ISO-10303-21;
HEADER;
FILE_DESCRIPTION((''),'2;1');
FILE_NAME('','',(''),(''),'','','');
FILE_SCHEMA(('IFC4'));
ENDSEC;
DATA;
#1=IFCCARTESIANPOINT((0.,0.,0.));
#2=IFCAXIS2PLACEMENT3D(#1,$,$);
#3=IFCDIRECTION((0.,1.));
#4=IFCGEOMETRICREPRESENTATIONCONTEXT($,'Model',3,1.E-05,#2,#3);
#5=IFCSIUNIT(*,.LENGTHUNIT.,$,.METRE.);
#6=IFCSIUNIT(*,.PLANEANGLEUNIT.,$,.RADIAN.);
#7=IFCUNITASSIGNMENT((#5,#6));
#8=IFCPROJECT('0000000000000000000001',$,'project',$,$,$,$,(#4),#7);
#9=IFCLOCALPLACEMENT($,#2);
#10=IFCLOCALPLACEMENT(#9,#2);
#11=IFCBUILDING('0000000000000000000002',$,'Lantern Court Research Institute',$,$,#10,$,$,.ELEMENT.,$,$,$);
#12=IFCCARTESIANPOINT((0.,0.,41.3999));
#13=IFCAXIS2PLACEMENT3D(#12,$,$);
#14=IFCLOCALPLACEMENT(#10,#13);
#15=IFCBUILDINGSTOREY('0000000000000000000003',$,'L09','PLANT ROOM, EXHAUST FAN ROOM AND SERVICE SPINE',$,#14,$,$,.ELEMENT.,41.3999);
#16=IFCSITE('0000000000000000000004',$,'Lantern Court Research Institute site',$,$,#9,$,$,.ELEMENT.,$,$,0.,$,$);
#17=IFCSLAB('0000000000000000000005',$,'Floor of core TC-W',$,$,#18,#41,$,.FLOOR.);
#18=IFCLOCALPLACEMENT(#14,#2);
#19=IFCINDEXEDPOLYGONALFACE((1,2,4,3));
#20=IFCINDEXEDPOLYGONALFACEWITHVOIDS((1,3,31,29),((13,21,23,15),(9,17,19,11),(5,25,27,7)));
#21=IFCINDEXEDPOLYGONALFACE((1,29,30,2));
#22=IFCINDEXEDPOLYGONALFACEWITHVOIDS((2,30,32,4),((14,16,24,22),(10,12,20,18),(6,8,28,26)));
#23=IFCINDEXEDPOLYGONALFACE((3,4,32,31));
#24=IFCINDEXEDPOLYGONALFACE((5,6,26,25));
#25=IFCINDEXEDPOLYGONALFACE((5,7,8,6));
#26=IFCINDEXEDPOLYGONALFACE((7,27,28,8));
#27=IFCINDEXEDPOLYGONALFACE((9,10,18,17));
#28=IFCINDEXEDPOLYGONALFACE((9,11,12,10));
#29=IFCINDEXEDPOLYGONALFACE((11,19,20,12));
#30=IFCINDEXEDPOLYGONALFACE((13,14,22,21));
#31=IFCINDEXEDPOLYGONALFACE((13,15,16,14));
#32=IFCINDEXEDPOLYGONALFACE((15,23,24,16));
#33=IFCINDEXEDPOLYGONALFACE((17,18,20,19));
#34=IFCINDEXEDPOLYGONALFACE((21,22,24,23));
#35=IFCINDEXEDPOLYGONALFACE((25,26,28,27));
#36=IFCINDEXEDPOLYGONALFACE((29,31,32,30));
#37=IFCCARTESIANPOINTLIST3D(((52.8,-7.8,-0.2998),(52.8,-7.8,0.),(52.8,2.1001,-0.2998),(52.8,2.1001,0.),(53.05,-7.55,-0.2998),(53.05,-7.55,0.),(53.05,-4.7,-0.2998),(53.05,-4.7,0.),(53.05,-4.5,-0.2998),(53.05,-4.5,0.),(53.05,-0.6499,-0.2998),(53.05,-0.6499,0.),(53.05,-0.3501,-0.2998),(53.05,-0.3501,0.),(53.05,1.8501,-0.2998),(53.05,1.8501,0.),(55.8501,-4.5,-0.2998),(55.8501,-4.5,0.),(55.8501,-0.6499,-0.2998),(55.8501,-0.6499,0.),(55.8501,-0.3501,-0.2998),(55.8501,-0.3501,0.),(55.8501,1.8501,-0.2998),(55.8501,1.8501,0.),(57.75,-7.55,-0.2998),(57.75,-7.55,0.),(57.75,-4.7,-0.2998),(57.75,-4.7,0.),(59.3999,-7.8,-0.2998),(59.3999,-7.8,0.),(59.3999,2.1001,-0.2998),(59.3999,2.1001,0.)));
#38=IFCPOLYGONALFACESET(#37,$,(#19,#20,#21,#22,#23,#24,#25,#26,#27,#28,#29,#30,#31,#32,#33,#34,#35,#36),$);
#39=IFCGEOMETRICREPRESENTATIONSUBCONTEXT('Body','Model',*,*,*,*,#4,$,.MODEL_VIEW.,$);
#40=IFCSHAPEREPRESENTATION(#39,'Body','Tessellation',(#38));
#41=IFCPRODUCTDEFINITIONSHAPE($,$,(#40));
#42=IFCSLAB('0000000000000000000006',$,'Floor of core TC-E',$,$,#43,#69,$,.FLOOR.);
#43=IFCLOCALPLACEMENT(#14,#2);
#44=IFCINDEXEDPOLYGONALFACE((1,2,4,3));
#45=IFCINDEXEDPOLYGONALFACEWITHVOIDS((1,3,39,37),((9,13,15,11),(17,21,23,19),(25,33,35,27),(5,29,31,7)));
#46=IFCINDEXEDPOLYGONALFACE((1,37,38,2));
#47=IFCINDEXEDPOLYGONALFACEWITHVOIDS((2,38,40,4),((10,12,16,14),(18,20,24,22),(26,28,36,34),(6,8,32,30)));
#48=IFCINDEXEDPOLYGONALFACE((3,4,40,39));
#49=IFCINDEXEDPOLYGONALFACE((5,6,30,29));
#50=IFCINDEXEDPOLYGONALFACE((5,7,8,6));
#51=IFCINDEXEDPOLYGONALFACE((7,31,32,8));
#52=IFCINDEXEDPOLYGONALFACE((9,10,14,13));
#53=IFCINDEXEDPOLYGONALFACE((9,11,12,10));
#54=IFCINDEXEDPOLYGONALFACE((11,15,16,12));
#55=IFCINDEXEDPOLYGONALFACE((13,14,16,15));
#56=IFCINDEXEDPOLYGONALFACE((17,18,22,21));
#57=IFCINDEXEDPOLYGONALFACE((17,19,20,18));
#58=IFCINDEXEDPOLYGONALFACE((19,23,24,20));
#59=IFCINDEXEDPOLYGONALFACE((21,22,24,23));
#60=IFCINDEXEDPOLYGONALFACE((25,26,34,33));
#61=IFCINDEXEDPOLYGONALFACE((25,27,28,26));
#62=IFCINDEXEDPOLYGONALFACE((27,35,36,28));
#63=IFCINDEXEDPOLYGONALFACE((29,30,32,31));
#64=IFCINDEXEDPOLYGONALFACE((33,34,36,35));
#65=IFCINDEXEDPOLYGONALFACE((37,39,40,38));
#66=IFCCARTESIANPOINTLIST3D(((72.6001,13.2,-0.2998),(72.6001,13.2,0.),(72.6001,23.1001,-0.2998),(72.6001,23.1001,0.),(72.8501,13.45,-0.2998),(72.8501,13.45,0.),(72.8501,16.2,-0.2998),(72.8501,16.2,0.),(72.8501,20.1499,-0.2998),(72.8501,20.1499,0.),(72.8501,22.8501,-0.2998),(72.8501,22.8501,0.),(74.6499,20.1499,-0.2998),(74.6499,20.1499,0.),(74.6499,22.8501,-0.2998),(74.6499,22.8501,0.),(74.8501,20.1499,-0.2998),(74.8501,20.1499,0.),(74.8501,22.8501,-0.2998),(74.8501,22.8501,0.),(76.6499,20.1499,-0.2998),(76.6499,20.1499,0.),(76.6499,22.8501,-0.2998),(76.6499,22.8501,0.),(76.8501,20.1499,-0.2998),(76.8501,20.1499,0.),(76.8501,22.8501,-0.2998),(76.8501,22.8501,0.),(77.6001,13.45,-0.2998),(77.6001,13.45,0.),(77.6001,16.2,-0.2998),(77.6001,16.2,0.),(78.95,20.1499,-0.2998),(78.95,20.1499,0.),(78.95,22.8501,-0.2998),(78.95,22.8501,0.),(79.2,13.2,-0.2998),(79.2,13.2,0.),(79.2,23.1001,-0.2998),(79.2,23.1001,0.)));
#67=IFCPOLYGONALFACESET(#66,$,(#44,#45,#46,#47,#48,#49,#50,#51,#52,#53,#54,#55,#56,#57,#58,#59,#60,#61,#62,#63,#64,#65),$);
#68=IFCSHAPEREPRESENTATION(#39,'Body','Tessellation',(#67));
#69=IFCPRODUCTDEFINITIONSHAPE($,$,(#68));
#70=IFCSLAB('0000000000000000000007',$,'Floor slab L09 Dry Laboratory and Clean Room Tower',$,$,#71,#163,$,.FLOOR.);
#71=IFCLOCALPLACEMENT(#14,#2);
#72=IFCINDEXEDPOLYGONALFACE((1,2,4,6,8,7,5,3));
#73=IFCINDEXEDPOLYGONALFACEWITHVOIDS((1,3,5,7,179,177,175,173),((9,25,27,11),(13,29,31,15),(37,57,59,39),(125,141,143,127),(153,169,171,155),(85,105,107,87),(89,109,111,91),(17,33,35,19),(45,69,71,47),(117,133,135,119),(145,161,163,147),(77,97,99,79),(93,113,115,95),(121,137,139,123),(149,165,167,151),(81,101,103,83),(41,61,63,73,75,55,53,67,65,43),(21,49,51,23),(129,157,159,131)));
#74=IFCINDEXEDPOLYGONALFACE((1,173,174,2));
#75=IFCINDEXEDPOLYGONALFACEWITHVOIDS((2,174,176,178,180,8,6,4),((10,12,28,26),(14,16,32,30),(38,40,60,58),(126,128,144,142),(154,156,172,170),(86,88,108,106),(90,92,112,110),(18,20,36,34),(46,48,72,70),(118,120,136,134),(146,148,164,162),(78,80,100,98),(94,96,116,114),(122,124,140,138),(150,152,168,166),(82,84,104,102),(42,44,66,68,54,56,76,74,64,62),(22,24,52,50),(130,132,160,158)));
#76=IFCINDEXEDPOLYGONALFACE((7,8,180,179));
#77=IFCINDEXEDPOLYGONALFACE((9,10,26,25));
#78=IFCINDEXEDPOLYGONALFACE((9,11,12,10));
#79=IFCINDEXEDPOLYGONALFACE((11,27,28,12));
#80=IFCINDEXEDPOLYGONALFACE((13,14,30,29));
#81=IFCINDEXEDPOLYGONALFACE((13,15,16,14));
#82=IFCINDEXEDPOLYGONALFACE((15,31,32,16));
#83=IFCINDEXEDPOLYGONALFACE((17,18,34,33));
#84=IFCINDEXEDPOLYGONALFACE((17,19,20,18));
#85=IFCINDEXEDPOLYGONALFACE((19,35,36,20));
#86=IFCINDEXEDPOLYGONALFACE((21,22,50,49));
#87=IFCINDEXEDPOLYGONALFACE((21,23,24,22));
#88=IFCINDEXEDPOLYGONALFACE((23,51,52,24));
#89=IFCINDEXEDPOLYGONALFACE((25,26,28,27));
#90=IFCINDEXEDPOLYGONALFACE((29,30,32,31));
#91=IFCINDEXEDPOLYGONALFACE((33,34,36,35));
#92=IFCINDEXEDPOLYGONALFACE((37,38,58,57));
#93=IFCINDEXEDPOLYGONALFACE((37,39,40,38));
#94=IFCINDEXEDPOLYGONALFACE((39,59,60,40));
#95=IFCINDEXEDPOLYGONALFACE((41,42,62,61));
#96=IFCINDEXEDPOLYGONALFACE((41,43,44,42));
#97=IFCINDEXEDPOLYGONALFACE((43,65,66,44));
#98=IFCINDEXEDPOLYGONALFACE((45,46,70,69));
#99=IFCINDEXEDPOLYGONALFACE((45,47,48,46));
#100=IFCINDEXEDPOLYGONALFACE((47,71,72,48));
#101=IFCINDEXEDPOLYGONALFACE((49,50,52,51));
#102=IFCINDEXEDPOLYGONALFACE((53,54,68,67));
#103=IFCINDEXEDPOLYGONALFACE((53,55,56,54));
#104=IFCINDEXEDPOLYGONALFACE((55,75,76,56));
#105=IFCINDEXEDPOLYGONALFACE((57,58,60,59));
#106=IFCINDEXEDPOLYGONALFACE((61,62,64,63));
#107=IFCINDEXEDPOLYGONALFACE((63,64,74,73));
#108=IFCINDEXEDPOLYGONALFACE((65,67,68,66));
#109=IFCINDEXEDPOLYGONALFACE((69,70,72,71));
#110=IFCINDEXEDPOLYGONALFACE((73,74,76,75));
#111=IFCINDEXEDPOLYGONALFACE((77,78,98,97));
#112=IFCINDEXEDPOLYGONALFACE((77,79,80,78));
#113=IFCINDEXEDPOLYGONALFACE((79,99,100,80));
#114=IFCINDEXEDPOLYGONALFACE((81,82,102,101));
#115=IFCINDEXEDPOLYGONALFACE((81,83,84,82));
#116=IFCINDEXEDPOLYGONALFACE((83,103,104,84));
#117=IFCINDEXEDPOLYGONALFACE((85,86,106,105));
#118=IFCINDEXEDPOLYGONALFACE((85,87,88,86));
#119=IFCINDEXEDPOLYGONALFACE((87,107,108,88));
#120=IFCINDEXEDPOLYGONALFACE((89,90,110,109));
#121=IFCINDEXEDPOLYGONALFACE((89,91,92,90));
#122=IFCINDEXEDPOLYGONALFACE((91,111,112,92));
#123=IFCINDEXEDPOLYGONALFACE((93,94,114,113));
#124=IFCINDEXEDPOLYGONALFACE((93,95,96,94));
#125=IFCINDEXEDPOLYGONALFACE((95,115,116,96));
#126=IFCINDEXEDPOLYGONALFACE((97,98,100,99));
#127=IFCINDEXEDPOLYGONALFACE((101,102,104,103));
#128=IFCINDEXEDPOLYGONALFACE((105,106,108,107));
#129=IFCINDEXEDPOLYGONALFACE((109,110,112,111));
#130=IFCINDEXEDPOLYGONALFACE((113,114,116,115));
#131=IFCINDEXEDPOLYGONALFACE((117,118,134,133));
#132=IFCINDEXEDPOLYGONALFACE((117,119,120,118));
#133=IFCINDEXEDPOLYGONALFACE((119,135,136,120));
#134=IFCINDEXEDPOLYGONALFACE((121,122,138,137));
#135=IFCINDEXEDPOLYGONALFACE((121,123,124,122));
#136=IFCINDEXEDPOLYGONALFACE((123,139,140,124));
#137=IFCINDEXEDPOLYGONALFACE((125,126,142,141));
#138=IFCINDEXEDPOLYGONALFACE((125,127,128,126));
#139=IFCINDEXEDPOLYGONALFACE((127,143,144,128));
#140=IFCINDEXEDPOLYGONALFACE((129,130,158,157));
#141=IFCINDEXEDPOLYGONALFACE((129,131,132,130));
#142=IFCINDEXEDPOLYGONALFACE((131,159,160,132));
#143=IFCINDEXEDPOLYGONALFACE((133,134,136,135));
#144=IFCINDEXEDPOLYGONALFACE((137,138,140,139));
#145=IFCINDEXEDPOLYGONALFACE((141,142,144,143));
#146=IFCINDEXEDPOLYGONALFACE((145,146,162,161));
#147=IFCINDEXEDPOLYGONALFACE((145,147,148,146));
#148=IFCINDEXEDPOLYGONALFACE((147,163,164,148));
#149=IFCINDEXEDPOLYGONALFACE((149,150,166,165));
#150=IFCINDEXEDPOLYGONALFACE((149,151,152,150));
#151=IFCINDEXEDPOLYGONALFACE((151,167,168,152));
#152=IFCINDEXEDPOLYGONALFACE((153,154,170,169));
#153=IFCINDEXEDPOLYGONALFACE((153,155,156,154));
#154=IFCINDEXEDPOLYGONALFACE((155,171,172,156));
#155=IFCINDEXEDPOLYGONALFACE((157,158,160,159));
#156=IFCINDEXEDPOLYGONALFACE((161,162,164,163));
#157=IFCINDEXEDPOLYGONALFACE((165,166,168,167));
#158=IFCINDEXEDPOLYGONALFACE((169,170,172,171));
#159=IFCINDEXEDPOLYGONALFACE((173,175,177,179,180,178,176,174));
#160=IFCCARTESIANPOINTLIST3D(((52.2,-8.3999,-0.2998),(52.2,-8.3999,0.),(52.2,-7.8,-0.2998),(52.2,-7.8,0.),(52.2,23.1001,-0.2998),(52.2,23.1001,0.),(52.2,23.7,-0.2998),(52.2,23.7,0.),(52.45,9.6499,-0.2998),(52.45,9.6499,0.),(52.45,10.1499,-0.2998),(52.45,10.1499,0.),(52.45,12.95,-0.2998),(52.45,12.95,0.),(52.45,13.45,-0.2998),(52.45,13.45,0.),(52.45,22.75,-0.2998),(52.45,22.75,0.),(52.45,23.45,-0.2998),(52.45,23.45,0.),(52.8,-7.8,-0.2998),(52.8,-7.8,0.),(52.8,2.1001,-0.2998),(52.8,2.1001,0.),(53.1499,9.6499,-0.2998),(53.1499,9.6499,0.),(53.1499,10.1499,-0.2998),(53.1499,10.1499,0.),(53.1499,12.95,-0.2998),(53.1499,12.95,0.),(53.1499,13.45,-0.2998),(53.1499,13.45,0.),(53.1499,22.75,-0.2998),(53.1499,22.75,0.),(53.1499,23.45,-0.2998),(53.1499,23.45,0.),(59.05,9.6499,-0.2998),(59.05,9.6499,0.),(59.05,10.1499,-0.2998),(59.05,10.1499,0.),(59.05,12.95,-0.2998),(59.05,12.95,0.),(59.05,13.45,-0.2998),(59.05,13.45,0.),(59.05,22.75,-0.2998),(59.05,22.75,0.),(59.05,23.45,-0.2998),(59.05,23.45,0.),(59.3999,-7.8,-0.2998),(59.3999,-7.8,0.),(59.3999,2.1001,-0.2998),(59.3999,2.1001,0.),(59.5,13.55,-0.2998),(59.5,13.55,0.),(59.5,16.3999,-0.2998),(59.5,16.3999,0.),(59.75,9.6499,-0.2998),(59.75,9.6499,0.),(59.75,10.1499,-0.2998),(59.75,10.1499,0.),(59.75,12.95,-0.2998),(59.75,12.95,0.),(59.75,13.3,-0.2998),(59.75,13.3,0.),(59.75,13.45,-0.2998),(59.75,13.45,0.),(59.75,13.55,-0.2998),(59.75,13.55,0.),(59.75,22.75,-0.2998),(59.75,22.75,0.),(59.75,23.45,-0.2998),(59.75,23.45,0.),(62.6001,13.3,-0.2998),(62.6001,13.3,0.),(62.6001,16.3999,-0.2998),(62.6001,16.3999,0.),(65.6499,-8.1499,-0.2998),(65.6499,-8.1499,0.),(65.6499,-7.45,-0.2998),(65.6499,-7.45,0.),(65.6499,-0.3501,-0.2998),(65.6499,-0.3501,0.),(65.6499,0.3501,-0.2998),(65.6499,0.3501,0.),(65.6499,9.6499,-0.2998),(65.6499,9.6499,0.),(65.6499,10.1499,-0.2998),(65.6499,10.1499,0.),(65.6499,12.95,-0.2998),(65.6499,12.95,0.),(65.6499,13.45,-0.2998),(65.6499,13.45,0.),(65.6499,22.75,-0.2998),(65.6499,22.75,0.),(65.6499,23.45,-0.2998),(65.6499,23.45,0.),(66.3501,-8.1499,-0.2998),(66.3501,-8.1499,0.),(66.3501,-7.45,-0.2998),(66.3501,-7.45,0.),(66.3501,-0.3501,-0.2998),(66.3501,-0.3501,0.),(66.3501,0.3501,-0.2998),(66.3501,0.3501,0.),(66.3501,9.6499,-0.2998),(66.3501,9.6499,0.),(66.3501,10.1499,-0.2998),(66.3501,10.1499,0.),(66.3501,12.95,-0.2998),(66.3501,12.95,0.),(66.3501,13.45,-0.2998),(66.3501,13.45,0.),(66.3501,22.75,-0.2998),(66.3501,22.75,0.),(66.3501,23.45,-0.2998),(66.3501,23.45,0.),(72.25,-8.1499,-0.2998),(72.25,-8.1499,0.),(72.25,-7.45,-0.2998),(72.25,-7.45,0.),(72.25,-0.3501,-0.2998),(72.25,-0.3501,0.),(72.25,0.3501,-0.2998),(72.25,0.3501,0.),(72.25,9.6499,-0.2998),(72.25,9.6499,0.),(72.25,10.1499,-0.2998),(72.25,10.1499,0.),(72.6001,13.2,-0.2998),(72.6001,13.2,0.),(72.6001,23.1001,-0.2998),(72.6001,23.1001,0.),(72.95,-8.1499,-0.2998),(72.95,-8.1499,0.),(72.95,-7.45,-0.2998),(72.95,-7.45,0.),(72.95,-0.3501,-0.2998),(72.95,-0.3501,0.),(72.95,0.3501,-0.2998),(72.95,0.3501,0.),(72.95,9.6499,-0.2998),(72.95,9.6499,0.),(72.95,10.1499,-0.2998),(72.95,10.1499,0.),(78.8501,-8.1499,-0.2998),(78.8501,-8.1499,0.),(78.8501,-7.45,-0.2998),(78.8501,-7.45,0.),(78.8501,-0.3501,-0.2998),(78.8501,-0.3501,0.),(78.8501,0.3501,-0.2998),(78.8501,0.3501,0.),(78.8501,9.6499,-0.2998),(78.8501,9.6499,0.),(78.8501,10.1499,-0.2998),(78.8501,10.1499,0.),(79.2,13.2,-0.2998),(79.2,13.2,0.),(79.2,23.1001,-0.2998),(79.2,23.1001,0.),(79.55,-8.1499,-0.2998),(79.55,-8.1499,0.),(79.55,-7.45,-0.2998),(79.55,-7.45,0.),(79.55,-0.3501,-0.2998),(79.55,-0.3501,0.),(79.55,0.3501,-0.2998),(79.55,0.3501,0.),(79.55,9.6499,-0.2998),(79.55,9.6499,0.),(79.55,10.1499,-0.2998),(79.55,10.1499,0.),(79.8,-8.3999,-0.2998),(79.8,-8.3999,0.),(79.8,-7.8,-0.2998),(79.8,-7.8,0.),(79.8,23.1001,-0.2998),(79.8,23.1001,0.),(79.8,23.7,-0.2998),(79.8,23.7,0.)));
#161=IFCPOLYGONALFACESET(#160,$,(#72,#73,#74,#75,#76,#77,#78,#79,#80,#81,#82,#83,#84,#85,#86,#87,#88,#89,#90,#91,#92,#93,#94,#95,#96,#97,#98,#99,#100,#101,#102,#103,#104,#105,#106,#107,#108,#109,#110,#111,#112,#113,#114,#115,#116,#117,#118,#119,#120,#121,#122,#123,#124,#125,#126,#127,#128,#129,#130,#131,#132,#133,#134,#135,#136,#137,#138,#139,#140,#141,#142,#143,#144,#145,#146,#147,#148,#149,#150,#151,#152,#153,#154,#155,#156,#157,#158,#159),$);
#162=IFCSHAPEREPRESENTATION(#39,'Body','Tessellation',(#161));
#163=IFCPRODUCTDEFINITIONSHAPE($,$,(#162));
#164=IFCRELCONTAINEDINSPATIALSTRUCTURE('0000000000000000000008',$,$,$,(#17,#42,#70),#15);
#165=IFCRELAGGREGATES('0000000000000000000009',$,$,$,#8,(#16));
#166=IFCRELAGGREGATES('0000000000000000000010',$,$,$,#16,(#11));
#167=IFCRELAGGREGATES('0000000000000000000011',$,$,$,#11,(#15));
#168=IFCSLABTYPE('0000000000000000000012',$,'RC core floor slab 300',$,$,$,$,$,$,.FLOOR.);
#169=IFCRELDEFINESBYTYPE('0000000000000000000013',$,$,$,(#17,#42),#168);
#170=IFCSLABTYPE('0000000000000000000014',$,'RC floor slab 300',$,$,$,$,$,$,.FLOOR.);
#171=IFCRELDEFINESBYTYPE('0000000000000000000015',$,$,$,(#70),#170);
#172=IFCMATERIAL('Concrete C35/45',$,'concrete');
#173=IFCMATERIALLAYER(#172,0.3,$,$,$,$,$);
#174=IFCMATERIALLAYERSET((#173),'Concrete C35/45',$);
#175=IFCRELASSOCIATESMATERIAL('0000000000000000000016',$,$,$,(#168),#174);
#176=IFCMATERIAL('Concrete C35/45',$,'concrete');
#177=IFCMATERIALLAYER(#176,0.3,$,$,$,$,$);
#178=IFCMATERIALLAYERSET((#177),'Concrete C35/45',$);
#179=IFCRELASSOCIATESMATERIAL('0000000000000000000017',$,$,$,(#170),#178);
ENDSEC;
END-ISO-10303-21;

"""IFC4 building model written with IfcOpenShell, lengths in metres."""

from ifc_helpers import new_model, si_unit, direction, frame, origin, place, context, subcontext, project, spatial, polyline, outline, extrude, material, layer, layer_set, type_object, element, save


model = new_model("IFC4")

# Units and contexts
model_context = context("Model", 3, precision=1e-05, world=origin(), true_north=direction((0.0, 1.0)))
body_context = subcontext(model_context, "Body", "Model", "MODEL_VIEW")
ifc_project = project(units=[si_unit("LENGTHUNIT", "METRE"), si_unit("PLANEANGLEUNIT", "RADIAN")], contexts=[model_context])

# Site, building, storey
site_placement = place(None, origin())
site = spatial("IfcSite", under=ifc_project, at=site_placement, Name="Lantern Court Research Institute site", CompositionType="ELEMENT", RefElevation=0.0)
building_placement = place(site_placement, origin())
building = spatial("IfcBuilding", under=site, at=building_placement, Name="Lantern Court Research Institute", CompositionType="ELEMENT")
storey_placement = place(building_placement, frame((0.0, 0.0, 41.3999)))
storey = spatial("IfcBuildingStorey", under=building, at=storey_placement, Name="L09", Description="PLANT ROOM, EXHAUST FAN ROOM AND SERVICE SPINE", CompositionType="ELEMENT", Elevation=41.3999)

# Slabs
ifc_material_1 = material(Name="Concrete C35/45", Category="concrete")
ifc_layer_1 = layer(ifc_material_1, 0.3)
ifc_layer_set_1 = layer_set([ifc_layer_1], Name="Concrete C35/45")
slab_type_1 = type_object("IfcSlabType", Name="RC core floor slab 300", PredefinedType="FLOOR", material=ifc_layer_set_1)
slab_1_placement = place(storey_placement, frame((0.0, 0.0, -0.2998)))
element("IfcSlab", 1, at=slab_1_placement, inside=storey, type_object=slab_type_1, Name="Floor of core TC-W", PredefinedType="FLOOR", context=body_context, shape_type="SweptSolid", body=[
    extrude(outline(polyline([(52.8, -7.8), (59.3999, -7.8), (59.3999, 2.1001), (52.8, 2.1001), (52.8, -7.8)]), holes=[polyline([(57.75, -4.7), (53.05, -4.7), (53.05, -7.55), (57.75, -7.55), (57.75, -4.7)]), polyline([(53.05, -0.3501), (55.8501, -0.3501), (55.8501, 1.8501), (53.05, 1.8501), (53.05, -0.3501)]), polyline([(53.05, -0.6499), (55.8501, -0.6499), (55.8501, -4.5), (53.05, -4.5), (53.05, -0.6499)])]), origin(), (0.0, 0.0, 1.0), 0.2998),
])
slab_2_placement = place(storey_placement, frame((0.0, 0.0, -0.2998)))
element("IfcSlab", 2, at=slab_2_placement, inside=storey, type_object=slab_type_1, Name="Floor of core TC-E", PredefinedType="FLOOR", context=body_context, shape_type="SweptSolid", body=[
    extrude(outline(polyline([(72.6001, 13.2), (79.2, 13.2), (79.2, 23.1001), (72.6001, 23.1001), (72.6001, 13.2)]), holes=[polyline([(77.6001, 16.2), (72.8501, 16.2), (72.8501, 13.45), (77.6001, 13.45), (77.6001, 16.2)]), polyline([(72.8501, 20.1499), (74.6499, 20.1499), (74.6499, 22.8501), (72.8501, 22.8501), (72.8501, 20.1499)]), polyline([(74.8501, 20.1499), (76.6499, 20.1499), (76.6499, 22.8501), (74.8501, 22.8501), (74.8501, 20.1499)]), polyline([(76.8501, 20.1499), (78.95, 20.1499), (78.95, 22.8501), (76.8501, 22.8501), (76.8501, 20.1499)])]), origin(), (0.0, 0.0, 1.0), 0.2998),
])
ifc_material_2 = material(Name="Concrete C35/45", Category="concrete")
ifc_layer_2 = layer(ifc_material_2, 0.3)
ifc_layer_set_2 = layer_set([ifc_layer_2], Name="Concrete C35/45")
slab_type_2 = type_object("IfcSlabType", Name="RC floor slab 300", PredefinedType="FLOOR", material=ifc_layer_set_2)
slab_3_placement = place(storey_placement, frame((0.0, 0.0, -0.2998)))
element("IfcSlab", 3, at=slab_3_placement, inside=storey, type_object=slab_type_2, Name="Floor slab L09 Dry Laboratory and Clean Room Tower", PredefinedType="FLOOR", context=body_context, shape_type="SweptSolid", body=[
    extrude(outline(polyline([(52.2, 23.1001), (52.2, -7.8), (52.2, -8.3999), (79.8, -8.3999), (79.8, -7.8), (79.8, 23.1001), (79.8, 23.7), (52.2, 23.7), (52.2, 23.1001)]), holes=[polyline([(78.8501, 10.1499), (79.55, 10.1499), (79.55, 9.6499), (78.8501, 9.6499), (78.8501, 10.1499)]), polyline([(79.55, 0.3501), (79.55, -0.3501), (78.8501, -0.3501), (78.8501, 0.3501), (79.55, 0.3501)]), polyline([(78.8501, -7.45), (79.55, -7.45), (79.55, -8.1499), (78.8501, -8.1499), (78.8501, -7.45)]), polyline([(79.2, 23.1001), (79.2, 13.2), (72.6001, 13.2), (72.6001, 23.1001), (79.2, 23.1001)]), polyline([(72.25, 10.1499), (72.95, 10.1499), (72.95, 9.6499), (72.25, 9.6499), (72.25, 10.1499)]), polyline([(72.95, 0.3501), (72.95, -0.3501), (72.25, -0.3501), (72.25, 0.3501), (72.95, 0.3501)]), polyline([(72.25, -7.45), (72.95, -7.45), (72.95, -8.1499), (72.25, -8.1499), (72.25, -7.45)]), polyline([(65.6499, 10.1499), (66.3501, 10.1499), (66.3501, 9.6499), (65.6499, 9.6499), (65.6499, 10.1499)]), polyline([(66.3501, 23.45), (66.3501, 22.75), (65.6499, 22.75), (65.6499, 23.45), (66.3501, 23.45)]), polyline([(65.6499, 13.45), (66.3501, 13.45), (66.3501, 12.95), (65.6499, 12.95), (65.6499, 13.45)]), polyline([(65.6499, 0.3501), (66.3501, 0.3501), (66.3501, -0.3501), (65.6499, -0.3501), (65.6499, 0.3501)]), polyline([(65.6499, -7.45), (66.3501, -7.45), (66.3501, -8.1499), (65.6499, -8.1499), (65.6499, -7.45)]), polyline([(59.05, 23.45), (59.75, 23.45), (59.75, 22.75), (59.05, 22.75), (59.05, 23.45)]), polyline([(59.75, 13.3), (59.75, 12.95), (59.05, 12.95), (59.05, 13.45), (59.75, 13.45), (59.75, 13.55), (59.5, 13.55), (59.5, 16.3999), (62.6001, 16.3999), (62.6001, 13.3), (59.75, 13.3)]), polyline([(59.05, 10.1499), (59.75, 10.1499), (59.75, 9.6499), (59.05, 9.6499), (59.05, 10.1499)]), polyline([(52.8, 2.1001), (59.3999, 2.1001), (59.3999, -7.8), (52.8, -7.8), (52.8, 2.1001)]), polyline([(53.1499, 23.45), (53.1499, 22.75), (52.45, 22.75), (52.45, 23.45), (53.1499, 23.45)]), polyline([(52.45, 13.45), (53.1499, 13.45), (53.1499, 12.95), (52.45, 12.95), (52.45, 13.45)]), polyline([(52.45, 10.1499), (53.1499, 10.1499), (53.1499, 9.6499), (52.45, 9.6499), (52.45, 10.1499)])]), origin(), (0.0, 0.0, 1.0), 0.2998),
])

save(model, "model.ifc")
